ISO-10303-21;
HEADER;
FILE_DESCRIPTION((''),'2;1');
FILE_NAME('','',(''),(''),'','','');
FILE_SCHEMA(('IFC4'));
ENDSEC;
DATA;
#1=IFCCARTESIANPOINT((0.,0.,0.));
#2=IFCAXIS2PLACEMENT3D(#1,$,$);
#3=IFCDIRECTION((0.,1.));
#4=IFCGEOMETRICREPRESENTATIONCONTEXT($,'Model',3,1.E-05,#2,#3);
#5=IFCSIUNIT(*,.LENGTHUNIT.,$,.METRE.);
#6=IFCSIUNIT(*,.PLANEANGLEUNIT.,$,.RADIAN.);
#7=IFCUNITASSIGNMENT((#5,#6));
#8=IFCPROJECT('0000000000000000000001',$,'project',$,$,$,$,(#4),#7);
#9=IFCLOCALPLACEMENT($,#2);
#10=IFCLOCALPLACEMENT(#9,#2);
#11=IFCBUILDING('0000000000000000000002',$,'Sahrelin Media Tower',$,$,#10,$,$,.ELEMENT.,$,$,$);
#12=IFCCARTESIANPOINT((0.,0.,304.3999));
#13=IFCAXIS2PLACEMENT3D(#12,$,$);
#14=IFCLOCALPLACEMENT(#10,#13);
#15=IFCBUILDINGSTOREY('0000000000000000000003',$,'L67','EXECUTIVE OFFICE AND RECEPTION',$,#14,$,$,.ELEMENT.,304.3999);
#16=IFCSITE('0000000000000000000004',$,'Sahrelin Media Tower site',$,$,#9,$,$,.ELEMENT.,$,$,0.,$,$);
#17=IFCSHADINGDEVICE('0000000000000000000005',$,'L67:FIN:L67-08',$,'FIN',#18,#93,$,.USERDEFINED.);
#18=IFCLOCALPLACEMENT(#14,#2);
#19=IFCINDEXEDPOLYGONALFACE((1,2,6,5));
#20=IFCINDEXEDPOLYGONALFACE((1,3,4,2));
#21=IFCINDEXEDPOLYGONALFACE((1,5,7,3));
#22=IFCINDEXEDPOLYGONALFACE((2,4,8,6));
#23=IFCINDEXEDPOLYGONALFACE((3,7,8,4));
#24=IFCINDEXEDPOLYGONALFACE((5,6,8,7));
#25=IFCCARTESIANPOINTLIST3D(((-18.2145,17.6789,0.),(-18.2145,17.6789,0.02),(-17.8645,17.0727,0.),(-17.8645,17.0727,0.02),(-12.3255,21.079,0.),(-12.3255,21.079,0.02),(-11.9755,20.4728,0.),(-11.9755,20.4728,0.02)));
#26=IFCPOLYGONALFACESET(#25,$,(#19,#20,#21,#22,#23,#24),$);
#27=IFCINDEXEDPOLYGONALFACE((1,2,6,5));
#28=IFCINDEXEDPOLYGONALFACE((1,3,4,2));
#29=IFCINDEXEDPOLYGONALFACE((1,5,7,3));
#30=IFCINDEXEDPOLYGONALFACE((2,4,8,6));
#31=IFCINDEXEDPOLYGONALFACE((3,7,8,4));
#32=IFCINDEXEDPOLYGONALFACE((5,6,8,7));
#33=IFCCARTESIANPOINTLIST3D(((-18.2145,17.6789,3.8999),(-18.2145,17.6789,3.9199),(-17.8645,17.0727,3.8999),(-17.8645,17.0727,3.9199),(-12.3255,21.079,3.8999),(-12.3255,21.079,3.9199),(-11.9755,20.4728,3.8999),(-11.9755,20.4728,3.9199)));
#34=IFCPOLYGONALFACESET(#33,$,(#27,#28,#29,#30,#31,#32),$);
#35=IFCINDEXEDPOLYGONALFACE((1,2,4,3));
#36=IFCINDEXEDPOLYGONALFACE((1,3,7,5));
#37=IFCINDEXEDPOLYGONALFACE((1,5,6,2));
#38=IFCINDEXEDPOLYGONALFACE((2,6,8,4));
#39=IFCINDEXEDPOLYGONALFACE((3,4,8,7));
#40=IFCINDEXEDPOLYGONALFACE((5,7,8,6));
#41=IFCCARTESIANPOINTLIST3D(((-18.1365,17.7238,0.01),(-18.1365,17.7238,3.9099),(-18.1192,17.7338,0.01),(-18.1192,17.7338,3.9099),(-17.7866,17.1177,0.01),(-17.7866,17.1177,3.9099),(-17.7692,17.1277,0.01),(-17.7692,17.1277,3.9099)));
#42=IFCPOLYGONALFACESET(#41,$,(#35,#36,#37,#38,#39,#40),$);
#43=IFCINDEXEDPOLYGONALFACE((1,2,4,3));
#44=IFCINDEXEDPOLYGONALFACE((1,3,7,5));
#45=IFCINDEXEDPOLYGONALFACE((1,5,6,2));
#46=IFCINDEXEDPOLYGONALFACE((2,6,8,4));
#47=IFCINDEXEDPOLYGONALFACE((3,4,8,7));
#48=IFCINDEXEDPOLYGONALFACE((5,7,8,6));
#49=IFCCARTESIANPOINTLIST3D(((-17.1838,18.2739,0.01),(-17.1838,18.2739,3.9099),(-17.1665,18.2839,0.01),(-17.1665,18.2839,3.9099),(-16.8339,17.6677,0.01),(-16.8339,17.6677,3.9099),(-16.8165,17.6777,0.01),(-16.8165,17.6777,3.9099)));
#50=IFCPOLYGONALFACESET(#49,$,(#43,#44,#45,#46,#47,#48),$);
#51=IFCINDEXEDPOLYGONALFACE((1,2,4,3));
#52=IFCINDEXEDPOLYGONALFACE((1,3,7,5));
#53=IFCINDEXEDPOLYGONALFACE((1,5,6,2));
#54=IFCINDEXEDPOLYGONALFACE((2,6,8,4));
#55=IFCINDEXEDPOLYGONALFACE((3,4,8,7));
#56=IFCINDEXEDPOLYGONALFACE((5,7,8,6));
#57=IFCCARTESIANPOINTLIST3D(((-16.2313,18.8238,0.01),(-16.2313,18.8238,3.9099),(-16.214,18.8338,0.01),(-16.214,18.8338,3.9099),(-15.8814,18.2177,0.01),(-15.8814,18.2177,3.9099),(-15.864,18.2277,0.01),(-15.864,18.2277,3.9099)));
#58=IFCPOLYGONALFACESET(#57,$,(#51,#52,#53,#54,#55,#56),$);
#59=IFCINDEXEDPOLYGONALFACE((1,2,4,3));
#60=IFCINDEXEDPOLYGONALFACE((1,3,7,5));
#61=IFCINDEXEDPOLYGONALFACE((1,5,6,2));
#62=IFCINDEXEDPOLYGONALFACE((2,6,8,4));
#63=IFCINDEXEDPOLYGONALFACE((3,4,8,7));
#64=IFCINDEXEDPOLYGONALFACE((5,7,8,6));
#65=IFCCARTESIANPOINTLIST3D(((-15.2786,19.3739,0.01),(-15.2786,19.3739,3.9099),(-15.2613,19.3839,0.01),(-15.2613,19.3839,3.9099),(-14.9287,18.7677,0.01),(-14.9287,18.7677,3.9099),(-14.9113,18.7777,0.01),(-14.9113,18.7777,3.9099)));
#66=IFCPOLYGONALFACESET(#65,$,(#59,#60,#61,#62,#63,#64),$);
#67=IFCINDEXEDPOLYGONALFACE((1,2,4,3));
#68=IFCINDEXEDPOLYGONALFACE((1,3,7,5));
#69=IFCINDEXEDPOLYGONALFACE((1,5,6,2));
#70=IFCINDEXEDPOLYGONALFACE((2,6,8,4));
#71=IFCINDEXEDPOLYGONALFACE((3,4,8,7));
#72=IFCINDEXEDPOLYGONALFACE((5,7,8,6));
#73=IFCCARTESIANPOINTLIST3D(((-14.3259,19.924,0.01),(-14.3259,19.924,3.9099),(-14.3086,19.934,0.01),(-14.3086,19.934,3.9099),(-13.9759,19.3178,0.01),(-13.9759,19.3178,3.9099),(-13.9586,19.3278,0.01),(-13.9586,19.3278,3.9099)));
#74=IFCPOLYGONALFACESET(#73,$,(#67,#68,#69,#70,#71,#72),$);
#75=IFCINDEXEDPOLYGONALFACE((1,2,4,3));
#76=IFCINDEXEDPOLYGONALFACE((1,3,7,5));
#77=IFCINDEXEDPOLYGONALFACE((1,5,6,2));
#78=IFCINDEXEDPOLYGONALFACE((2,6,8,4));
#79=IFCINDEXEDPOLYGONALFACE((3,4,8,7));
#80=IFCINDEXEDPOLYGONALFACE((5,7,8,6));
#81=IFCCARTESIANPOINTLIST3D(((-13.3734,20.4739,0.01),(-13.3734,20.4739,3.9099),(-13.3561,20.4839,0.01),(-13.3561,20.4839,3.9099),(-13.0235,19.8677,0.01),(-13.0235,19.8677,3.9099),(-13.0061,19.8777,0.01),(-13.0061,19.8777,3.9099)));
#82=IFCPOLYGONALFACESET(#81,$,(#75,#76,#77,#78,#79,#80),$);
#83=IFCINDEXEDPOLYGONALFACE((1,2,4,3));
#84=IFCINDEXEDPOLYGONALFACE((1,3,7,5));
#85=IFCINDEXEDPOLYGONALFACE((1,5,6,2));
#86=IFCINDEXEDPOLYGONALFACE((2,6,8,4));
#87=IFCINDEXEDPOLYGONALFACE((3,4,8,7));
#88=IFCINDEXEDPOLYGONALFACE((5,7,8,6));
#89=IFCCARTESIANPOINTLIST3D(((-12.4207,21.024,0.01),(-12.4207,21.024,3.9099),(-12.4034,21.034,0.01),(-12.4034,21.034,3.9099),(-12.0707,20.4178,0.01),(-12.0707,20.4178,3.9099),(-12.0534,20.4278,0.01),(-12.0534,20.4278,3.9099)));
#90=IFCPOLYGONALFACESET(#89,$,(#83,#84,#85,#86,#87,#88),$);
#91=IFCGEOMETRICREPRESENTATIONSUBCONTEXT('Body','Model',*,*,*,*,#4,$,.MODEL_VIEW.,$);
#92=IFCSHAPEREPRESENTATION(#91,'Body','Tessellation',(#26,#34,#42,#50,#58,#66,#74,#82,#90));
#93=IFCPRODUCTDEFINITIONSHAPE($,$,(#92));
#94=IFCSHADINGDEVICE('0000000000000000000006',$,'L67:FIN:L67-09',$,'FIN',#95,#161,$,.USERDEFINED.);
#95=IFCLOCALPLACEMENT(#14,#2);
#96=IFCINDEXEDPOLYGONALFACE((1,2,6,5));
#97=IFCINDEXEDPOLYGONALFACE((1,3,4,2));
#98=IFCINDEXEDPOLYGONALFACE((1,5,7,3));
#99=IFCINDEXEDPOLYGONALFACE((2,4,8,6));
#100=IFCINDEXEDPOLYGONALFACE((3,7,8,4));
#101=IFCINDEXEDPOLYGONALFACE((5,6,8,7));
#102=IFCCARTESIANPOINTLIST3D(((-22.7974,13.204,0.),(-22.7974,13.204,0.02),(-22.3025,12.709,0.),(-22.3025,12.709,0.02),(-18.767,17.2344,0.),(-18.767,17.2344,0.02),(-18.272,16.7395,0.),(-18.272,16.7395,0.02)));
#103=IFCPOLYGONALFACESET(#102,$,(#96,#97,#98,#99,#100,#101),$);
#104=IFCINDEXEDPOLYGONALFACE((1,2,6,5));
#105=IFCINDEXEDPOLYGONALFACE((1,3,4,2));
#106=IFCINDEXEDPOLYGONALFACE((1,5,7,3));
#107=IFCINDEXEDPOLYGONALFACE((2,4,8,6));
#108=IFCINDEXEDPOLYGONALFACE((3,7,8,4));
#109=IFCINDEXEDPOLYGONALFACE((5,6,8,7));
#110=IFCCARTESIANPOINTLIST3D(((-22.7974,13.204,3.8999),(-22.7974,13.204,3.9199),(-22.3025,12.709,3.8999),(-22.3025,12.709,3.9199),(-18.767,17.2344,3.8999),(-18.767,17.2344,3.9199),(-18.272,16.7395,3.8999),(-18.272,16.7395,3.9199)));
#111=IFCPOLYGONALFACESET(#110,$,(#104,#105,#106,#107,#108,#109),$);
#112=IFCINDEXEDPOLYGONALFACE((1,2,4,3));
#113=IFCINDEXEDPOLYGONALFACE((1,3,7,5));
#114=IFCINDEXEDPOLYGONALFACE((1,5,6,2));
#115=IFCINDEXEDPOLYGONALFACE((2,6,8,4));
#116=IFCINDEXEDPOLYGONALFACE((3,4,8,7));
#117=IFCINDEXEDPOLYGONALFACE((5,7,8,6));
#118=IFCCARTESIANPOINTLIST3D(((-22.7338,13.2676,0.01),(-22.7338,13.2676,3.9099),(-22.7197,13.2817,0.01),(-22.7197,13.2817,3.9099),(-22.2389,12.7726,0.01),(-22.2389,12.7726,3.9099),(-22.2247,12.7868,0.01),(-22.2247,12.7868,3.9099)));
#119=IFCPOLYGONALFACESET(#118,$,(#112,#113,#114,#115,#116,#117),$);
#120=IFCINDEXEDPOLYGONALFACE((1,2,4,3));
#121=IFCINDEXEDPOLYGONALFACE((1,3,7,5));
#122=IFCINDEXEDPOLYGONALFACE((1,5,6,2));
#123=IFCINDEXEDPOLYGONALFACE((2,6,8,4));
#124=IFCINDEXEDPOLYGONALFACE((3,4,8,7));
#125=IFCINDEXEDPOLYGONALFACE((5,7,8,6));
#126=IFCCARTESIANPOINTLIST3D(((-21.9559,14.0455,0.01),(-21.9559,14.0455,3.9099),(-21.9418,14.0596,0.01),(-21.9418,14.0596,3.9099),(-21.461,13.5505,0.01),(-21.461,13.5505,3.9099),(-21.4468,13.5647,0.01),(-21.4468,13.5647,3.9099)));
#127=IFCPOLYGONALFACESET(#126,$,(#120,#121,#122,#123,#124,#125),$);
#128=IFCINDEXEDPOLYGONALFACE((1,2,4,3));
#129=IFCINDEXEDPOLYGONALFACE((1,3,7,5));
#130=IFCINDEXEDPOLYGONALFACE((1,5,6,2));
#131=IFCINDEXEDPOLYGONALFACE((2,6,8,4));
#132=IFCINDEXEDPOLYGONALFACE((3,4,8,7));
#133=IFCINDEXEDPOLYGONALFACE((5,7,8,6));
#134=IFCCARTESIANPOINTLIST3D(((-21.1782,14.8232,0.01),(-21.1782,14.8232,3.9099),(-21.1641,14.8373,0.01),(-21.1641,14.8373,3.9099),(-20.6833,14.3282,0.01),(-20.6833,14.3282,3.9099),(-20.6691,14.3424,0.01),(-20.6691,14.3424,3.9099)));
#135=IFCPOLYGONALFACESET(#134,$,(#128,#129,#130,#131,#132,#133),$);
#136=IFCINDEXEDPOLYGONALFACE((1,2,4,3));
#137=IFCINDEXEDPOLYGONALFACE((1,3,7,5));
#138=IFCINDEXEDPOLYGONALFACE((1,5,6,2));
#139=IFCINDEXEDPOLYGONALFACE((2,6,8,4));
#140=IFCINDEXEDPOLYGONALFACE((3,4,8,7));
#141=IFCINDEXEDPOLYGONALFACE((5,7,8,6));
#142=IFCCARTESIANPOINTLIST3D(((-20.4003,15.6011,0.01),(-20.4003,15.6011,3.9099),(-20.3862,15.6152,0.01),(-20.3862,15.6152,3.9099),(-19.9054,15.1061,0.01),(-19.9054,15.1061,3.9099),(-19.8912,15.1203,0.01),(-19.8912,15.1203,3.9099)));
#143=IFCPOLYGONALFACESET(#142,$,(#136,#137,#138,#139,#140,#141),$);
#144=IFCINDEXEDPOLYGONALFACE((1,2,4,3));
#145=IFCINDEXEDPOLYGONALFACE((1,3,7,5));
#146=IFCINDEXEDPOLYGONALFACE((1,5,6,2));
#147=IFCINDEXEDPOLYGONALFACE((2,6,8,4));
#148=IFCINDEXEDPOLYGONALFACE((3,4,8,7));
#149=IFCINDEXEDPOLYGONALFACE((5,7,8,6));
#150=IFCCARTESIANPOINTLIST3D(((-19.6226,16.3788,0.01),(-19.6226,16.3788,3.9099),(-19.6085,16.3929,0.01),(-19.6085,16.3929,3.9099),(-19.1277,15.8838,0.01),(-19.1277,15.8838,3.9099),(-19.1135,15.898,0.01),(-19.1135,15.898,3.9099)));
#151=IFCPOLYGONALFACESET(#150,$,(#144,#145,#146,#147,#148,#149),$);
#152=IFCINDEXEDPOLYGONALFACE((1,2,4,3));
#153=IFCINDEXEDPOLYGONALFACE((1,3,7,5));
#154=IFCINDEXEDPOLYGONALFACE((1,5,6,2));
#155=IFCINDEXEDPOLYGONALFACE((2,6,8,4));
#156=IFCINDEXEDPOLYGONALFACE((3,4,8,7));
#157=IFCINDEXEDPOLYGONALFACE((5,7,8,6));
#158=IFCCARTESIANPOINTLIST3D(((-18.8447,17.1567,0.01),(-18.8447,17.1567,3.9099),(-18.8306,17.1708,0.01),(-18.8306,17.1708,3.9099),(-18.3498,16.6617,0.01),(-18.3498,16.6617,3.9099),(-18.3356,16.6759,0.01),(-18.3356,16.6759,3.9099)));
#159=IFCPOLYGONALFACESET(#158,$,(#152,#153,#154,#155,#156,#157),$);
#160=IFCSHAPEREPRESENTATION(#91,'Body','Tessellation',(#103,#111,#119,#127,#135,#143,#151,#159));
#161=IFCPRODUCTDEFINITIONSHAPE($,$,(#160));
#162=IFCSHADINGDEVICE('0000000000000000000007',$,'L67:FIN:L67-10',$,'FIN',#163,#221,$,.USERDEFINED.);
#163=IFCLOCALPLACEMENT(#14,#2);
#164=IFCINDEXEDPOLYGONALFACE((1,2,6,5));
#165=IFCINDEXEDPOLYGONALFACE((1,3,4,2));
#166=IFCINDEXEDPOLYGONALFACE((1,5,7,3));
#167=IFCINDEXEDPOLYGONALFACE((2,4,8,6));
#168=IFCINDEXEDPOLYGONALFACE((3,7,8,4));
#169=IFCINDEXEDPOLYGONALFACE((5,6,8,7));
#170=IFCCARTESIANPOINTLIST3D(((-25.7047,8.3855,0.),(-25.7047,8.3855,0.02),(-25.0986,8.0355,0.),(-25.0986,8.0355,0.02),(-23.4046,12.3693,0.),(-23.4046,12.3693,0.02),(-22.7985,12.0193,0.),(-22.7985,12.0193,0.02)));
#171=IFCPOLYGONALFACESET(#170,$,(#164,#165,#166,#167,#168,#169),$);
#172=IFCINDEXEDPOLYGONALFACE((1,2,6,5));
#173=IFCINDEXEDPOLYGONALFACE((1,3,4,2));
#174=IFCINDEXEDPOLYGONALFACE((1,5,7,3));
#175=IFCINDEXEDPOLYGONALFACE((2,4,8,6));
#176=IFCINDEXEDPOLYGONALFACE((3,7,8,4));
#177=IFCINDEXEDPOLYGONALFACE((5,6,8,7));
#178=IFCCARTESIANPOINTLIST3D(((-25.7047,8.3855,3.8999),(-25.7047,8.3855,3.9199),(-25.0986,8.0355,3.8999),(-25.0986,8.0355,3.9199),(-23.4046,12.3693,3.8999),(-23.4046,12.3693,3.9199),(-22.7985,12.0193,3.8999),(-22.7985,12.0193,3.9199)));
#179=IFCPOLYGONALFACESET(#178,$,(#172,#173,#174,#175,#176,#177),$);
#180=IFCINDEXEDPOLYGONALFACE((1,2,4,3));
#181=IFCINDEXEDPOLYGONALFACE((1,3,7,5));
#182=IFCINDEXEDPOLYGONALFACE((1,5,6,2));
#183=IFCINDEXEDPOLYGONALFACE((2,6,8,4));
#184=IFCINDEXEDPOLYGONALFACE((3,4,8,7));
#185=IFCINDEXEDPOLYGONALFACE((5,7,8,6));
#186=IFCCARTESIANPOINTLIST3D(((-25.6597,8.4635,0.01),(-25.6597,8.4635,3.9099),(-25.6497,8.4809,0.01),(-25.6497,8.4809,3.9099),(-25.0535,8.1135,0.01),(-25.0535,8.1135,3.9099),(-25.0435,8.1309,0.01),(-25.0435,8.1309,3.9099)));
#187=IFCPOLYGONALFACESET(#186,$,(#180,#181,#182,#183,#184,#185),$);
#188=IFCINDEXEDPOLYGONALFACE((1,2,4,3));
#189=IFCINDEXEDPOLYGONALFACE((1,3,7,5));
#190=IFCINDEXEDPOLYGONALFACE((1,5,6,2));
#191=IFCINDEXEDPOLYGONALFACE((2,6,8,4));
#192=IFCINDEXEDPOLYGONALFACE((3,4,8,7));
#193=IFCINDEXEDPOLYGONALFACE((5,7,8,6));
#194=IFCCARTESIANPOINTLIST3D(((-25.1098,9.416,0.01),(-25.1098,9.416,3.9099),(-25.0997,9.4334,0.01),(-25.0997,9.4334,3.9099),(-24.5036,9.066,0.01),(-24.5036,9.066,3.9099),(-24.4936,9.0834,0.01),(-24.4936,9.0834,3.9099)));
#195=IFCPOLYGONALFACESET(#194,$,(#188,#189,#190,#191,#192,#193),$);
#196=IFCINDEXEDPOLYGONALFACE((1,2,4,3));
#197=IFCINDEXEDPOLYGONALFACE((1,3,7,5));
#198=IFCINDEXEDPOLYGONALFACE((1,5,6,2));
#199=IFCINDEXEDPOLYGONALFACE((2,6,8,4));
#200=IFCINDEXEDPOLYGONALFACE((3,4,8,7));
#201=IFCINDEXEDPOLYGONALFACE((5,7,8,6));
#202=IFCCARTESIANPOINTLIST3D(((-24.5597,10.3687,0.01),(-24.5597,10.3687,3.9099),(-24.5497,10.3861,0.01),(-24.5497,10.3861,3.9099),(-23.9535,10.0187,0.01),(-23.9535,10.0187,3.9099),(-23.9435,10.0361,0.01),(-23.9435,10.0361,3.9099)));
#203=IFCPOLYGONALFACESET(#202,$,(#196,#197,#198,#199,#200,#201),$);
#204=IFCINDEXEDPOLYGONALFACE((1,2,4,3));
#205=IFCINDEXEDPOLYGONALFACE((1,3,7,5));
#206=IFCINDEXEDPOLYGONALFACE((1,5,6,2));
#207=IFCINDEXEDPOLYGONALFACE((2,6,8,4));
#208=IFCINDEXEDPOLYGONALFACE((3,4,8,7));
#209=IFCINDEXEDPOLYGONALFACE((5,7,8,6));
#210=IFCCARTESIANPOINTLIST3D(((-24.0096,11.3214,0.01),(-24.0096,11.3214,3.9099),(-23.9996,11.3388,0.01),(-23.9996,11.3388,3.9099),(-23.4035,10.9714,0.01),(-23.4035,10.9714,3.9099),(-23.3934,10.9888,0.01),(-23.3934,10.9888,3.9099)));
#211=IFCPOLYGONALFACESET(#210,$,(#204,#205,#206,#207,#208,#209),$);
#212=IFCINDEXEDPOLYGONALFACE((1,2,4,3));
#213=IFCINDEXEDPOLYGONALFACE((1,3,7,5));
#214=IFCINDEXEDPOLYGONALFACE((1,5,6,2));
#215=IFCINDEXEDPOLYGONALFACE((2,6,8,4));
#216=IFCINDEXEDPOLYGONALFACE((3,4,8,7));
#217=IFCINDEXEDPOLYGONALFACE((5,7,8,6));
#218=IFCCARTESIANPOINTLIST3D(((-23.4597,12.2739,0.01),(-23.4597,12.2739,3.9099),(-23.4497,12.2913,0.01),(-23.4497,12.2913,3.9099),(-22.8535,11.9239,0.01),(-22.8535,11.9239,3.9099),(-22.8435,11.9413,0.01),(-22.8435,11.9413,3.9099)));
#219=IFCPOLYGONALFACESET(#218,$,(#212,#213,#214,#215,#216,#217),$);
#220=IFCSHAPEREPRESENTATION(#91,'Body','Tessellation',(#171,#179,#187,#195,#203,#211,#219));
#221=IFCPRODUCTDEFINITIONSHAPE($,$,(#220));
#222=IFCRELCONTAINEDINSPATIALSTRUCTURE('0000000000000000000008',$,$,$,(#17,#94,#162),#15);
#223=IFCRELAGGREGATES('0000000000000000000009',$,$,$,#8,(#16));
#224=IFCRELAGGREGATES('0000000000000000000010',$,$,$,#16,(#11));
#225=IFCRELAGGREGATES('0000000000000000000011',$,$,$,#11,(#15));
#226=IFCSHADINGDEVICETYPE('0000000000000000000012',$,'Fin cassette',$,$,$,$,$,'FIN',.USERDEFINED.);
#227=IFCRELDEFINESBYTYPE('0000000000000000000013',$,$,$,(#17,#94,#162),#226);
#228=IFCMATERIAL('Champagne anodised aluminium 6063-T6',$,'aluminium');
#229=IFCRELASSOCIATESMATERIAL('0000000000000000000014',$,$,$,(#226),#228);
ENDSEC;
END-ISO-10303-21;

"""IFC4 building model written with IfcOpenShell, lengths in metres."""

from ifc_helpers import new_model, si_unit, direction, frame, origin, origin_2d, place, context, subcontext, project, spatial, rectangle, extrude, material, type_object, element, save


model = new_model("IFC4")

# Units and contexts
model_context = context("Model", 3, precision=1e-05, world=origin(), true_north=direction((0.0, 1.0)))
body_context = subcontext(model_context, "Body", "Model", "MODEL_VIEW")
ifc_project = project(units=[si_unit("LENGTHUNIT", "METRE"), si_unit("PLANEANGLEUNIT", "RADIAN")], contexts=[model_context])

# Site, building, storey
site_placement = place(None, origin())
site = spatial("IfcSite", under=ifc_project, at=site_placement, Name="Sahrelin Media Tower site", CompositionType="ELEMENT", RefElevation=0.0)
building_placement = place(site_placement, origin())
building = spatial("IfcBuilding", under=site, at=building_placement, Name="Sahrelin Media Tower", CompositionType="ELEMENT")
storey_placement = place(building_placement, frame((0.0, 0.0, 304.3999)))
storey = spatial("IfcBuildingStorey", under=building, at=storey_placement, Name="L67", Description="EXECUTIVE OFFICE AND RECEPTION", CompositionType="ELEMENT", Elevation=304.3999)

# Shared definitions
ifc_material_1 = material(Name="Champagne anodised aluminium 6063-T6", Category="aluminium")

# Shading devices
shading_device_type_1 = type_object("IfcShadingDeviceType", Name="Fin cassette", ElementType="FIN", PredefinedType="USERDEFINED", material=ifc_material_1)
placement_1 = place(storey_placement, frame((-14.885, 18.7122, 0.0), z_axis=(0.0, 0.0, 1.0), x_axis=(0.866019, 0.500011, 0.0)))
element("IfcShadingDevice", 1, at=placement_1, inside=storey, type_object=shading_device_type_1, Name="L67:FIN:L67-08", ObjectType="FIN", PredefinedType="USERDEFINED", context=body_context, shape_type="SweptSolid", body=[
    extrude(rectangle(XDim=6.8, YDim=0.7, at=origin_2d()), frame((0.0, 0.4199, 0.0)), (0.0, 0.0, 1.0), 0.02),
    extrude(rectangle(XDim=6.8, YDim=0.7, at=origin_2d()), frame((0.0, 0.4199, 3.8999)), (0.0, 0.0, 1.0), 0.02),
    extrude(rectangle(XDim=0.02, YDim=0.7, at=origin_2d()), frame((-3.3, 0.4199, 0.01), z_axis=(0.0, 0.0, 1.0), x_axis=(1.0, 0.0, 0.0)), (0.0, 0.0, 1.0), 3.8999),
    extrude(rectangle(XDim=0.02, YDim=0.7, at=origin_2d()), frame((-2.2, 0.4199, 0.01), z_axis=(0.0, 0.0, 1.0), x_axis=(1.0, 0.0, 0.0)), (0.0, 0.0, 1.0), 3.8999),
    extrude(rectangle(XDim=0.02, YDim=0.7, at=origin_2d()), frame((-1.1001, 0.4199, 0.01), z_axis=(0.0, 0.0, 1.0), x_axis=(1.0, 0.0, 0.0)), (0.0, 0.0, 1.0), 3.8999),
    extrude(rectangle(XDim=0.02, YDim=0.7, at=origin_2d()), frame((0.0, 0.4199, 0.01), z_axis=(0.0, 0.0, 1.0), x_axis=(1.0, 0.0, 0.0)), (0.0, 0.0, 1.0), 3.8999),
    extrude(rectangle(XDim=0.02, YDim=0.7, at=origin_2d()), frame((1.1001, 0.4199, 0.01), z_axis=(0.0, 0.0, 1.0), x_axis=(1.0, 0.0, 0.0)), (0.0, 0.0, 1.0), 3.8999),
    extrude(rectangle(XDim=0.02, YDim=0.7, at=origin_2d()), frame((2.2, 0.4199, 0.01), z_axis=(0.0, 0.0, 1.0), x_axis=(1.0, 0.0, 0.0)), (0.0, 0.0, 1.0), 3.8999),
    extrude(rectangle(XDim=0.02, YDim=0.7, at=origin_2d()), frame((3.3, 0.4199, 0.01), z_axis=(0.0, 0.0, 1.0), x_axis=(1.0, 0.0, 0.0)), (0.0, 0.0, 1.0), 3.8999),
])
placement_2 = place(storey_placement, frame((-20.2378, 14.6748, 0.0), z_axis=(0.0, 0.0, 1.0), x_axis=(0.707107, 0.707107, 0.0)))
element("IfcShadingDevice", 2, at=placement_2, inside=storey, type_object=shading_device_type_1, Name="L67:FIN:L67-09", ObjectType="FIN", PredefinedType="USERDEFINED", context=body_context, shape_type="SweptSolid", body=[
    extrude(rectangle(XDim=5.7, YDim=0.7, at=origin_2d()), frame((0.0, 0.4199, 0.0)), (0.0, 0.0, 1.0), 0.02),
    extrude(rectangle(XDim=5.7, YDim=0.7, at=origin_2d()), frame((0.0, 0.4199, 3.8999)), (0.0, 0.0, 1.0), 0.02),
    extrude(rectangle(XDim=0.02, YDim=0.7, at=origin_2d()), frame((-2.75, 0.4199, 0.01), z_axis=(0.0, 0.0, 1.0), x_axis=(1.0, 0.0, 0.0)), (0.0, 0.0, 1.0), 3.8999),
    extrude(rectangle(XDim=0.02, YDim=0.7, at=origin_2d()), frame((-1.6499, 0.4199, 0.01), z_axis=(0.0, 0.0, 1.0), x_axis=(1.0, 0.0, 0.0)), (0.0, 0.0, 1.0), 3.8999),
    extrude(rectangle(XDim=0.02, YDim=0.7, at=origin_2d()), frame((-0.55, 0.4199, 0.01), z_axis=(0.0, 0.0, 1.0), x_axis=(1.0, 0.0, 0.0)), (0.0, 0.0, 1.0), 3.8999),
    extrude(rectangle(XDim=0.02, YDim=0.7, at=origin_2d()), frame((0.55, 0.4199, 0.01), z_axis=(0.0, 0.0, 1.0), x_axis=(1.0, 0.0, 0.0)), (0.0, 0.0, 1.0), 3.8999),
    extrude(rectangle(XDim=0.02, YDim=0.7, at=origin_2d()), frame((1.6499, 0.4199, 0.01), z_axis=(0.0, 0.0, 1.0), x_axis=(1.0, 0.0, 0.0)), (0.0, 0.0, 1.0), 3.8999),
    extrude(rectangle(XDim=0.02, YDim=0.7, at=origin_2d()), frame((2.75, 0.4199, 0.01), z_axis=(0.0, 0.0, 1.0), x_axis=(1.0, 0.0, 0.0)), (0.0, 0.0, 1.0), 3.8999),
])
placement_3 = place(storey_placement, frame((-23.8879, 9.9924, 0.0), z_axis=(0.0, 0.0, 1.0), x_axis=(0.500011, 0.866019, 0.0)))
element("IfcShadingDevice", 3, at=placement_3, inside=storey, type_object=shading_device_type_1, Name="L67:FIN:L67-10", ObjectType="FIN", PredefinedType="USERDEFINED", context=body_context, shape_type="SweptSolid", body=[
    extrude(rectangle(XDim=4.6001, YDim=0.7, at=origin_2d()), frame((0.0, 0.4199, 0.0)), (0.0, 0.0, 1.0), 0.02),
    extrude(rectangle(XDim=4.6001, YDim=0.7, at=origin_2d()), frame((0.0, 0.4199, 3.8999)), (0.0, 0.0, 1.0), 0.02),
    extrude(rectangle(XDim=0.02, YDim=0.7, at=origin_2d()), frame((-2.2, 0.4199, 0.01), z_axis=(0.0, 0.0, 1.0), x_axis=(1.0, 0.0, 0.0)), (0.0, 0.0, 1.0), 3.8999),
    extrude(rectangle(XDim=0.02, YDim=0.7, at=origin_2d()), frame((-1.1001, 0.4199, 0.01), z_axis=(0.0, 0.0, 1.0), x_axis=(1.0, 0.0, 0.0)), (0.0, 0.0, 1.0), 3.8999),
    extrude(rectangle(XDim=0.02, YDim=0.7, at=origin_2d()), frame((0.0, 0.4199, 0.01), z_axis=(0.0, 0.0, 1.0), x_axis=(1.0, 0.0, 0.0)), (0.0, 0.0, 1.0), 3.8999),
    extrude(rectangle(XDim=0.02, YDim=0.7, at=origin_2d()), frame((1.1001, 0.4199, 0.01), z_axis=(0.0, 0.0, 1.0), x_axis=(1.0, 0.0, 0.0)), (0.0, 0.0, 1.0), 3.8999),
    extrude(rectangle(XDim=0.02, YDim=0.7, at=origin_2d()), frame((2.2, 0.4199, 0.01), z_axis=(0.0, 0.0, 1.0), x_axis=(1.0, 0.0, 0.0)), (0.0, 0.0, 1.0), 3.8999),
])

save(model, "model.ifc")
